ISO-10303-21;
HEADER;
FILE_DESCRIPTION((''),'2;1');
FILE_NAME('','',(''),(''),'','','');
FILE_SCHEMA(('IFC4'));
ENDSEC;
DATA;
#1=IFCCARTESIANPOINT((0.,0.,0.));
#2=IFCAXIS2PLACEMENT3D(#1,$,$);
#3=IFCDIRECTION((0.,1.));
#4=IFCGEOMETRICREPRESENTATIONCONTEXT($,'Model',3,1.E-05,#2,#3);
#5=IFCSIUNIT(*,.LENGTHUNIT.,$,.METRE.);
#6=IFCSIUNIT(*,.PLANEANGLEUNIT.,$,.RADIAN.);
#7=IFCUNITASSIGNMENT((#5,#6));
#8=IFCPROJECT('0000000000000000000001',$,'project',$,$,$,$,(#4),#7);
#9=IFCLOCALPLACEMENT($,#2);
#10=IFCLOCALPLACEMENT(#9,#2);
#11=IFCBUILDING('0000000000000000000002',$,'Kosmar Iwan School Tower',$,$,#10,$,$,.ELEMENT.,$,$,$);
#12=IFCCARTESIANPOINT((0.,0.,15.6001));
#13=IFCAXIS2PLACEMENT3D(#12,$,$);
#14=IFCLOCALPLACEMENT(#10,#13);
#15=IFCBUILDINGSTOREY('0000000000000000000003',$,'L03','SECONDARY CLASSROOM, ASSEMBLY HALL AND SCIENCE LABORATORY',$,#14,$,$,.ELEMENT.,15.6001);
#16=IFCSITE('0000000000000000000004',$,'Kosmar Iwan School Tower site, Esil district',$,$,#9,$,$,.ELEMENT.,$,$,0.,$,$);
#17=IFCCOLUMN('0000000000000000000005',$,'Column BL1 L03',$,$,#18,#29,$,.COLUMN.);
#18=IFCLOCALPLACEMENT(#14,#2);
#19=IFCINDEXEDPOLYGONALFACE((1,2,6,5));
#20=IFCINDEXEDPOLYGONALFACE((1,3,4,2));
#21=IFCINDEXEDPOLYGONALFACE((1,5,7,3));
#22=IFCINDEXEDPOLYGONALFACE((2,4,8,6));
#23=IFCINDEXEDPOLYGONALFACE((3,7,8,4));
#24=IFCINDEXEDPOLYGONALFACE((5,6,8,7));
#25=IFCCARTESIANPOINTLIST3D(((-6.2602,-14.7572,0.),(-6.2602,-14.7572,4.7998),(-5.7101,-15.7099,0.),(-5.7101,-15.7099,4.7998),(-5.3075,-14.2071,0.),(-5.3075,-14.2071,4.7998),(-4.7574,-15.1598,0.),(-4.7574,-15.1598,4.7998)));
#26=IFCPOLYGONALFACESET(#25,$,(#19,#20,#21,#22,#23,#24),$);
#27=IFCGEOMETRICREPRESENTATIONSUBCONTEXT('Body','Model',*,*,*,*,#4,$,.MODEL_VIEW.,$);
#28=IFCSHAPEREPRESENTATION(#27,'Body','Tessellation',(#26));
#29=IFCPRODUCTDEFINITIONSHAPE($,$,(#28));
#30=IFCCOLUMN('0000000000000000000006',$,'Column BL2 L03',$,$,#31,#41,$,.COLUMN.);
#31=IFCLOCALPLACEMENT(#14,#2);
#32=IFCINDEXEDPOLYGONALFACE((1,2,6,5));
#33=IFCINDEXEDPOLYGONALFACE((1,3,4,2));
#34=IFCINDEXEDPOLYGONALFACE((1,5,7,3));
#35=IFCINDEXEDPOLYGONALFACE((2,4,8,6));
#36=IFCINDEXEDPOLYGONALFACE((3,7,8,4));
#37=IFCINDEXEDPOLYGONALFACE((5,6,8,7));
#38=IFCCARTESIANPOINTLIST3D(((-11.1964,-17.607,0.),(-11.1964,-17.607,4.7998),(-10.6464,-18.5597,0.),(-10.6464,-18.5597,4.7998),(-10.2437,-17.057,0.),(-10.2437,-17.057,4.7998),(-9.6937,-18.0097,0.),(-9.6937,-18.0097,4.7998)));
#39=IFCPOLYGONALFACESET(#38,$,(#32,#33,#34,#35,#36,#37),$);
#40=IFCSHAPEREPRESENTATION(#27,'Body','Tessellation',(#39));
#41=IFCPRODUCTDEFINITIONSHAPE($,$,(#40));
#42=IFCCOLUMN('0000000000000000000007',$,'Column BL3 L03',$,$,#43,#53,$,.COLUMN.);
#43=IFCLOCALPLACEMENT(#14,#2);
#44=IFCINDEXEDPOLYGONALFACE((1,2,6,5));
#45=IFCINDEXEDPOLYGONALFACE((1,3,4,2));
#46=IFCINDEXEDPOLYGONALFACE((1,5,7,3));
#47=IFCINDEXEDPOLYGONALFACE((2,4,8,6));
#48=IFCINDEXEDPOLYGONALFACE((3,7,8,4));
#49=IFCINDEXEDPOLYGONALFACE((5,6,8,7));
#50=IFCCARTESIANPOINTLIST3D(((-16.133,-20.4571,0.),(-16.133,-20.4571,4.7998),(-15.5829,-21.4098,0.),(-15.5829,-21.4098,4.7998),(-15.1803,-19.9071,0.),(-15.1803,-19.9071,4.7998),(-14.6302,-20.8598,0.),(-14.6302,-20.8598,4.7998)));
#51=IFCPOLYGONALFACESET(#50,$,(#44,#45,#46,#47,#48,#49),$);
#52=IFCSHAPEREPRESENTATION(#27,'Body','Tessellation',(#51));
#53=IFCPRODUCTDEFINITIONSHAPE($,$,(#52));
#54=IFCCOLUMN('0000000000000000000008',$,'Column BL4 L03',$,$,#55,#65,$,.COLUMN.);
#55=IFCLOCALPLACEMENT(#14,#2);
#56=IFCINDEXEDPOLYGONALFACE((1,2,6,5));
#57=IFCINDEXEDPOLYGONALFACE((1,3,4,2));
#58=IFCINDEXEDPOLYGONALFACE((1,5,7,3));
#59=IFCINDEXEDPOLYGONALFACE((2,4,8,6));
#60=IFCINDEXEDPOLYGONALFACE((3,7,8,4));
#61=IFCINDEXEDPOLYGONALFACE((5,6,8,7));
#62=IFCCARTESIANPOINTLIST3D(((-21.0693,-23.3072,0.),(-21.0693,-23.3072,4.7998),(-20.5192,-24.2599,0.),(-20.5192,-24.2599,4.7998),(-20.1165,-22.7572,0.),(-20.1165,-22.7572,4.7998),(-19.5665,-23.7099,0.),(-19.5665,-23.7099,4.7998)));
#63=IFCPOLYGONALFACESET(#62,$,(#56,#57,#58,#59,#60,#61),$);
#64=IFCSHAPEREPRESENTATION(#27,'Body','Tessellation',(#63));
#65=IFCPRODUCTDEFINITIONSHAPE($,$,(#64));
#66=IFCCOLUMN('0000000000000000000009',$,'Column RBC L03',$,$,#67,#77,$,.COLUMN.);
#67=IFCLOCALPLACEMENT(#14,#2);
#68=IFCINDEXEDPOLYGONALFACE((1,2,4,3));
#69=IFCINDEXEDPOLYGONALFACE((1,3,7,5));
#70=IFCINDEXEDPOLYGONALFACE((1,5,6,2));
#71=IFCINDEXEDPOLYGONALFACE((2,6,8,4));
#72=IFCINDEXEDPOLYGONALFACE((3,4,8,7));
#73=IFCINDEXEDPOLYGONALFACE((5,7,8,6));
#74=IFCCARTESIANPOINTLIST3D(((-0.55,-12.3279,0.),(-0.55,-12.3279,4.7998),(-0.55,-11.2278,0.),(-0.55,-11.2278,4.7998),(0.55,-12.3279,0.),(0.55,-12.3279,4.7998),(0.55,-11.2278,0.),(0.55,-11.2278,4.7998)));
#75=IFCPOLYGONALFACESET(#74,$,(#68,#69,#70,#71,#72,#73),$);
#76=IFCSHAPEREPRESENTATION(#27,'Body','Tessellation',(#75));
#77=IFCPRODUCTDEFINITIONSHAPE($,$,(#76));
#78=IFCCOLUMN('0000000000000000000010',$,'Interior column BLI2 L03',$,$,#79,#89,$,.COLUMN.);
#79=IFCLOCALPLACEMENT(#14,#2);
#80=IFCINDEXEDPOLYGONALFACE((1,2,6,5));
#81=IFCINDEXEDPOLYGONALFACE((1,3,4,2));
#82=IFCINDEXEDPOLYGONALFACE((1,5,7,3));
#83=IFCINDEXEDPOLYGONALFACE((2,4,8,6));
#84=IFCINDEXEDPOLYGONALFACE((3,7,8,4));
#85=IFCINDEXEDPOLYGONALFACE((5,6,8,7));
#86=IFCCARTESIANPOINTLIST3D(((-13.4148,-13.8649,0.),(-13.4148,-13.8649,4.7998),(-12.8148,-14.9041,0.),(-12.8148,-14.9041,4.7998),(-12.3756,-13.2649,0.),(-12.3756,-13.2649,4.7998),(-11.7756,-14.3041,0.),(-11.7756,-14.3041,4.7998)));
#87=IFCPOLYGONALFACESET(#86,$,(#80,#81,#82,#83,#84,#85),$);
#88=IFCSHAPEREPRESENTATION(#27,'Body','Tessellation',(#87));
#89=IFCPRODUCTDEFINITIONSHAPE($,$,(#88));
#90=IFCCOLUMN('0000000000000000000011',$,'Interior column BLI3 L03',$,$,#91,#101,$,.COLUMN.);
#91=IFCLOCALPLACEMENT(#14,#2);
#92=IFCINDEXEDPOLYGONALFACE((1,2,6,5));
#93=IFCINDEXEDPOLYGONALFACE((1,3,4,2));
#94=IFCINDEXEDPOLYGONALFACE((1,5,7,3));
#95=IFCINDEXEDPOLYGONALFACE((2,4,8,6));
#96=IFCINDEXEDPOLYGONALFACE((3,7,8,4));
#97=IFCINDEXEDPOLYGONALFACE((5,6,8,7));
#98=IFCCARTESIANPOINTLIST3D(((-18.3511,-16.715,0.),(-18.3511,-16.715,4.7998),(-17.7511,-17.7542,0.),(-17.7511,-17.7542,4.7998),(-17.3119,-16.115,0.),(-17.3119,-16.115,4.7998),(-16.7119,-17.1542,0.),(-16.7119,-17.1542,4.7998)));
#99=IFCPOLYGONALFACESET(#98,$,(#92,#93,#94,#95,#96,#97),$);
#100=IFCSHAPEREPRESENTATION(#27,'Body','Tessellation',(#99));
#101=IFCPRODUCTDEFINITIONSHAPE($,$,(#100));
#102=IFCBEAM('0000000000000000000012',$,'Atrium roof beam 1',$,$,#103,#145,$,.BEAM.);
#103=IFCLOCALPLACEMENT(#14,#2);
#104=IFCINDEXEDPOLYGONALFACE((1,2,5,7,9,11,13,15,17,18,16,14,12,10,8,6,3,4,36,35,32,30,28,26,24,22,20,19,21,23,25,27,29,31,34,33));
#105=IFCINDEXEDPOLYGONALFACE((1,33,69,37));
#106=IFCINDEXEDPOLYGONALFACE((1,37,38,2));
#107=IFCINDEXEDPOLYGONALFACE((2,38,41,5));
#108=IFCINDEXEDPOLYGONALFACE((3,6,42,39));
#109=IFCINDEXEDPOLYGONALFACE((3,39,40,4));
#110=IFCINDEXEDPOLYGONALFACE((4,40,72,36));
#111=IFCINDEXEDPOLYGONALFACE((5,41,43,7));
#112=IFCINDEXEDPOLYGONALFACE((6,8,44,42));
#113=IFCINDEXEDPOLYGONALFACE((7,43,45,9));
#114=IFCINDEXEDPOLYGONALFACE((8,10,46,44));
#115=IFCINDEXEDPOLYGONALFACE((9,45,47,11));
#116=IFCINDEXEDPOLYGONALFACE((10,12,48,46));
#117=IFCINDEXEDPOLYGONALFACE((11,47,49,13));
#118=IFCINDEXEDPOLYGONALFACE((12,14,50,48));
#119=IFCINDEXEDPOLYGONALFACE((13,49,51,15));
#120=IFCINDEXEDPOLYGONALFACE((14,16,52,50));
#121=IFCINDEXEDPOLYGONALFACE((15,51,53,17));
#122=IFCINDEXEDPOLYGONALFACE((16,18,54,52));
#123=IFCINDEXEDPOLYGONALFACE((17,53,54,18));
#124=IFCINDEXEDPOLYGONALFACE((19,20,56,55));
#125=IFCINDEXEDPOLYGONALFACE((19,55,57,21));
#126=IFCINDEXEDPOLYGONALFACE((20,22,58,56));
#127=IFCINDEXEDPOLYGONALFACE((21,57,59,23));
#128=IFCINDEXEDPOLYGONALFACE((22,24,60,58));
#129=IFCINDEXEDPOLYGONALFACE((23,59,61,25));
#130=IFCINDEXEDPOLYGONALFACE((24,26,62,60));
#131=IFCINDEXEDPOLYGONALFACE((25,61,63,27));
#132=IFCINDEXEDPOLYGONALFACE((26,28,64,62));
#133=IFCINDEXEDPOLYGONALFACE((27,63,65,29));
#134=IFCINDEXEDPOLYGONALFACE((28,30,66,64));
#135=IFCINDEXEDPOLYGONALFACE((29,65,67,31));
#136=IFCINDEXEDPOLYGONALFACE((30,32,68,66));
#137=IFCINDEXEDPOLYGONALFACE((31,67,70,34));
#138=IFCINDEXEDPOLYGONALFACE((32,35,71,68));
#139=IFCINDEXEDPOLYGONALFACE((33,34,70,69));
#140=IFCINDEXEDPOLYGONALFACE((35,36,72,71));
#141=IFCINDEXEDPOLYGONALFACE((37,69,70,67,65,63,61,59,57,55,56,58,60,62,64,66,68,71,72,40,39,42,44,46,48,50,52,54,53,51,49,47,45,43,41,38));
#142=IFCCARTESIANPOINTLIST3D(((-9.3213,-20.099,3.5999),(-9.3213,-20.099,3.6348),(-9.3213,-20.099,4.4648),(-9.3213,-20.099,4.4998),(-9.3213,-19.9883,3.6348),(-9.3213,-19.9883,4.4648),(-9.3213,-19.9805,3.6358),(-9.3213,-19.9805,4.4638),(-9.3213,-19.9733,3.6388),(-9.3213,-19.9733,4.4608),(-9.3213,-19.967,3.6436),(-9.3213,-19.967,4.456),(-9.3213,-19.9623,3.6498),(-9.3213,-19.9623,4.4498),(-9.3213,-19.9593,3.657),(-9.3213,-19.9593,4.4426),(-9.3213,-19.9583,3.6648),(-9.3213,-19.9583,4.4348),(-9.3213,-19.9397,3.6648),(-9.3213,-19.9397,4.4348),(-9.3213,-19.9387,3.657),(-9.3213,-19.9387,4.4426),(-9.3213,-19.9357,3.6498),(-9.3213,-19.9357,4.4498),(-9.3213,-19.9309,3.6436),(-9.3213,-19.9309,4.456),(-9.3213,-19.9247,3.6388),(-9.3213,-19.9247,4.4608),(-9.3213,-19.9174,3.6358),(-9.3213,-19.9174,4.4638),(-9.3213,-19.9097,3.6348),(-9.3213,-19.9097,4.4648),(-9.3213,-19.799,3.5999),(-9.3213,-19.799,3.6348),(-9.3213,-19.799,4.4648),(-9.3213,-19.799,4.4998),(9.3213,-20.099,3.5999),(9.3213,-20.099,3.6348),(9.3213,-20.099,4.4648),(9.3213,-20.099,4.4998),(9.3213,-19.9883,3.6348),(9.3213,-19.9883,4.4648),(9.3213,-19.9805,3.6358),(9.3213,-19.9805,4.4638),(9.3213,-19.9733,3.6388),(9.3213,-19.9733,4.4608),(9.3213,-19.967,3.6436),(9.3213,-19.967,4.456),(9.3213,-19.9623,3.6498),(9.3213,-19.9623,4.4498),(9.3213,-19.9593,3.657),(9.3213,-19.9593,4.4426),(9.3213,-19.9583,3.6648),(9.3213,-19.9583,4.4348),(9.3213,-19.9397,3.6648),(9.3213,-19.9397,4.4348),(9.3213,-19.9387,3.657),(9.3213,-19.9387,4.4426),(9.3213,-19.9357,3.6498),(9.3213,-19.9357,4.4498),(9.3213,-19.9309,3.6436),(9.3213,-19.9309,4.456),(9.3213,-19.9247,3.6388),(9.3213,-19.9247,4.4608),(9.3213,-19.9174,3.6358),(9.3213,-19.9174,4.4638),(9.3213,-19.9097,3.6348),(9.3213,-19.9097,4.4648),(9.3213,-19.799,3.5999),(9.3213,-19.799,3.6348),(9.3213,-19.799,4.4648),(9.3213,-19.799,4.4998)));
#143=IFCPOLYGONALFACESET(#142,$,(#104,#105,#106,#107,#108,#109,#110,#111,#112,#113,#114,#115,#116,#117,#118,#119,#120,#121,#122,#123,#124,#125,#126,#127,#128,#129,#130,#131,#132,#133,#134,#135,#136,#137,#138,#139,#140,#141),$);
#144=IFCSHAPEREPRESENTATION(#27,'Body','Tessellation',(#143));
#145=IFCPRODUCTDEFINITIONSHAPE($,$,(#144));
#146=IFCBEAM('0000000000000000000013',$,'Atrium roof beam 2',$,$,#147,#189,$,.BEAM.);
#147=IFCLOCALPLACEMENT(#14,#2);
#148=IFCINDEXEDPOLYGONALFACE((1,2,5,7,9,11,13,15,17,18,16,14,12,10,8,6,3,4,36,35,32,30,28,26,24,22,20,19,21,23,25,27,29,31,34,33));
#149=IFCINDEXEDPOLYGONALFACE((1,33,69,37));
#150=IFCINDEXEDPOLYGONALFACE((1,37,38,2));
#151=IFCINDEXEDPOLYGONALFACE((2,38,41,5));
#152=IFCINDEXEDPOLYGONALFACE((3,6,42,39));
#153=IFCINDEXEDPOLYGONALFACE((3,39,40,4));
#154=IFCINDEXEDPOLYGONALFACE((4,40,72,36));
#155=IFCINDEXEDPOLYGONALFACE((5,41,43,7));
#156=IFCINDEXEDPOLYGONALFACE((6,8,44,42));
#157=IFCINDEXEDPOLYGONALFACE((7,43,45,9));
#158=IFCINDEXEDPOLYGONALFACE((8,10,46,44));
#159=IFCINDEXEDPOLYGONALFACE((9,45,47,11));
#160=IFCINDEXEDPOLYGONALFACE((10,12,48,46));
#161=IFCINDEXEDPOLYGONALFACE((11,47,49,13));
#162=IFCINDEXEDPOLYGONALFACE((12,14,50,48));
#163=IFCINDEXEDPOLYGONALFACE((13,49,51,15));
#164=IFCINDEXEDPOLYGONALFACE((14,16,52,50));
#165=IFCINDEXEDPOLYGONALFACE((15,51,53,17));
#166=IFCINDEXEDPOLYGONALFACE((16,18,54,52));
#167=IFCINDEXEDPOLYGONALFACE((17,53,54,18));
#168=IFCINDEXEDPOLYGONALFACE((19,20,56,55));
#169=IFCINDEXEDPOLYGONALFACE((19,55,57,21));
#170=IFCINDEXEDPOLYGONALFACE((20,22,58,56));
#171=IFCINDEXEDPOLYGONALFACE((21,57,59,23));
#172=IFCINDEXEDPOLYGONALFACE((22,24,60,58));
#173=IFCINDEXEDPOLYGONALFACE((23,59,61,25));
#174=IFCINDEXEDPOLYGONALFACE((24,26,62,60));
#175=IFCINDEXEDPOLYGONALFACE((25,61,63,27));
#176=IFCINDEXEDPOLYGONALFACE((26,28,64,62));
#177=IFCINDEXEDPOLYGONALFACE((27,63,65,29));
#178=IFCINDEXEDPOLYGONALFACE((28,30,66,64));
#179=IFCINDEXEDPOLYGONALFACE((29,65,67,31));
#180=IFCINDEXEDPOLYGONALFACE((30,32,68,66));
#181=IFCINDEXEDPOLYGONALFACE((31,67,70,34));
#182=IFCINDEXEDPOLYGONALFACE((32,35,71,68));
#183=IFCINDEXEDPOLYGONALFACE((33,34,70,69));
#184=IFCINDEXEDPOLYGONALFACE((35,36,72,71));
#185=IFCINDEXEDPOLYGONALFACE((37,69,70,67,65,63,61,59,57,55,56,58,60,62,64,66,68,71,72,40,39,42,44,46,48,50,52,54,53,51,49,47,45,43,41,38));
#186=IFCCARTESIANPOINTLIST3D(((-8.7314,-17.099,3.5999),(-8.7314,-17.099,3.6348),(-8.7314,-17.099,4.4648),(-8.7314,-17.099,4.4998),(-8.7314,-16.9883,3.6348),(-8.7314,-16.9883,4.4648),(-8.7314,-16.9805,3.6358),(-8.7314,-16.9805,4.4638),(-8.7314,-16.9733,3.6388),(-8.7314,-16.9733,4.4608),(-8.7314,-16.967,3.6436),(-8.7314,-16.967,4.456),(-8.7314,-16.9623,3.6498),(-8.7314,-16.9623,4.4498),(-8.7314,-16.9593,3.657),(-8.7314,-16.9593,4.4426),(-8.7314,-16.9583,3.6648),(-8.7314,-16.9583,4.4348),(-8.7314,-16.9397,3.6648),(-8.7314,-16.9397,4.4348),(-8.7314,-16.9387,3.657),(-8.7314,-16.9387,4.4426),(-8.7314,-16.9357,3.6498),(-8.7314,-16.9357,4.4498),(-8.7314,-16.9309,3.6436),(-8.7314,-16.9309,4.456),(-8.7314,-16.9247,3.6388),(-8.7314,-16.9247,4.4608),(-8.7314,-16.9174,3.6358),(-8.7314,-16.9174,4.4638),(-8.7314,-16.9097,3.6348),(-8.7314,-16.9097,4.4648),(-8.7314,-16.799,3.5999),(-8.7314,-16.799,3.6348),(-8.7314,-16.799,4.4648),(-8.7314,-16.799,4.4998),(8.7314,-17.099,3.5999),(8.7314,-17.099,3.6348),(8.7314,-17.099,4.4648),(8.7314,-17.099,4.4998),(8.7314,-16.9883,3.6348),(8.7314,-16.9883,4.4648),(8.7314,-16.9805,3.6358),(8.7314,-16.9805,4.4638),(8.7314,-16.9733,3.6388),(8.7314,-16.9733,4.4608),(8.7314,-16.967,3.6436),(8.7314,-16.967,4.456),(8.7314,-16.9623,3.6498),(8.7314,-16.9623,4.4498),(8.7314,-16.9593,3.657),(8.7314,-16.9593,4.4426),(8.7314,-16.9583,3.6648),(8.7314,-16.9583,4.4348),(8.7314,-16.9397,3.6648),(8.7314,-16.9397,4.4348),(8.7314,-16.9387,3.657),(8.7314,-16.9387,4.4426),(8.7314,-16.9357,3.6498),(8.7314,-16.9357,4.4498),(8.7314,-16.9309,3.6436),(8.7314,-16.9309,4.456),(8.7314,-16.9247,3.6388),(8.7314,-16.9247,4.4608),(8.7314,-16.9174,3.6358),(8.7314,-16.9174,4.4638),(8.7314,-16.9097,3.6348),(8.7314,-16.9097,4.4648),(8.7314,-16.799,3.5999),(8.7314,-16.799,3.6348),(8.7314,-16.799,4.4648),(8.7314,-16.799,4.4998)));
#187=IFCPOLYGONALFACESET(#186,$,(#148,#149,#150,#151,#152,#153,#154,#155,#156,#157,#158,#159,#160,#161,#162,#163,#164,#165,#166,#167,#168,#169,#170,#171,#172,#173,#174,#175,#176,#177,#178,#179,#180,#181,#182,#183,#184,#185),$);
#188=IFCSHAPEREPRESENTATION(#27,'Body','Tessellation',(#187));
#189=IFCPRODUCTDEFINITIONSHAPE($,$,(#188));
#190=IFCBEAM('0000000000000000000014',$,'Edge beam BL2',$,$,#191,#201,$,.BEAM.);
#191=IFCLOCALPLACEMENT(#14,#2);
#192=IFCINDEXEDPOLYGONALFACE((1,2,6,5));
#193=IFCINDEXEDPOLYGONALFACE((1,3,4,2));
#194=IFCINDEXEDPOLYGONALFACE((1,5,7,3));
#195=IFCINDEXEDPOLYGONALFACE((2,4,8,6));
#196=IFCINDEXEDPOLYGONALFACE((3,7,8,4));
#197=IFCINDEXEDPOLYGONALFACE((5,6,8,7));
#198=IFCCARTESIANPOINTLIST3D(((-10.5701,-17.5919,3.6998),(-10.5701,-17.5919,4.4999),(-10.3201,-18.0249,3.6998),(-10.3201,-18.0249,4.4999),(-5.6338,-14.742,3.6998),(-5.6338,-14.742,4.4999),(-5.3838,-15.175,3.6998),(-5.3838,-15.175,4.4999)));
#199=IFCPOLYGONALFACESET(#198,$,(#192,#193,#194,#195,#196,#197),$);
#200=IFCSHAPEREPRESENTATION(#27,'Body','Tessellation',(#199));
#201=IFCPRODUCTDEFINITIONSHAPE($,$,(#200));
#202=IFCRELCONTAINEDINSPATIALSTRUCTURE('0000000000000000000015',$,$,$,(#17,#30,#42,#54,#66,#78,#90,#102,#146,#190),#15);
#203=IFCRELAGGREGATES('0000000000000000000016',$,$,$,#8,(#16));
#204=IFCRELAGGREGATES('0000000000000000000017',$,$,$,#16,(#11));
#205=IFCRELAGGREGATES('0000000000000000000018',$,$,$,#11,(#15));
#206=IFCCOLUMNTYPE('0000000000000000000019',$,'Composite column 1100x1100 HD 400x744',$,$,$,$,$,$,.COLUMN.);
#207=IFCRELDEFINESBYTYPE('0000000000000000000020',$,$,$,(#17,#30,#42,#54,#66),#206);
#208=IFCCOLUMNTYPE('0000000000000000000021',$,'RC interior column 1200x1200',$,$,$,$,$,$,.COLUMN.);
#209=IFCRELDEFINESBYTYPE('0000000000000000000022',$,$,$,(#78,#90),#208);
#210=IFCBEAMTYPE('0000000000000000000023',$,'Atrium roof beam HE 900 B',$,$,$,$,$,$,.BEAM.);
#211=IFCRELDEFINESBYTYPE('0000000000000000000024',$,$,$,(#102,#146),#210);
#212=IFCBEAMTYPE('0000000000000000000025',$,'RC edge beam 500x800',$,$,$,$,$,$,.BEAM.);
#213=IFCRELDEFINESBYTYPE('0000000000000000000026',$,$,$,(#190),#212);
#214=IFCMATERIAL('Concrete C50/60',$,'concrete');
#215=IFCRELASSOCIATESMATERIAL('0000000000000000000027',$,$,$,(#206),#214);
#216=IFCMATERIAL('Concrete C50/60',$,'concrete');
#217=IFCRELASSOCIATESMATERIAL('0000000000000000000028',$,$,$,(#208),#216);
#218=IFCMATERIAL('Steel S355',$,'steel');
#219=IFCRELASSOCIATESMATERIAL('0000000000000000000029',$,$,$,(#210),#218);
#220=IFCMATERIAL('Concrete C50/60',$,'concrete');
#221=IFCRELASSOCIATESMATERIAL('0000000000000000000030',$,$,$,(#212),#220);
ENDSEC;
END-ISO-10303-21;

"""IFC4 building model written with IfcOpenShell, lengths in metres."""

from ifc_helpers import new_model, si_unit, direction, frame, origin, origin_2d, place, context, subcontext, project, spatial, rectangle, i_section, extrude, material, material_profile, profile_set, type_object, element, save


model = new_model("IFC4")

# Units and contexts
model_context = context("Model", 3, precision=1e-05, world=origin(), true_north=direction((0.0, 1.0)))
body_context = subcontext(model_context, "Body", "Model", "MODEL_VIEW")
ifc_project = project(units=[si_unit("LENGTHUNIT", "METRE"), si_unit("PLANEANGLEUNIT", "RADIAN")], contexts=[model_context])

# Site, building, storey
site_placement = place(None, origin())
site = spatial("IfcSite", under=ifc_project, at=site_placement, Name="Kosmar Iwan School Tower site, Esil district", CompositionType="ELEMENT", RefElevation=0.0)
building_placement = place(site_placement, origin())
building = spatial("IfcBuilding", under=site, at=building_placement, Name="Kosmar Iwan School Tower", CompositionType="ELEMENT")
storey_placement = place(building_placement, frame((0.0, 0.0, 15.6001)))
storey = spatial("IfcBuildingStorey", under=building, at=storey_placement, Name="L03", Description="SECONDARY CLASSROOM, ASSEMBLY HALL AND SCIENCE LABORATORY", CompositionType="ELEMENT", Elevation=15.6001)

# Columns
ifc_material_1 = material(Name="Concrete C50/60", Category="concrete")
ifc_material_profile_1 = material_profile(ifc_material_1, rectangle(XDim=1.1001, YDim=1.1001, at=origin_2d()), Name="RC 1100x1100 + HD 400x744")
ifc_profile_set_1 = profile_set([ifc_material_profile_1], Name="Concrete C50/60")
column_type_1 = type_object("IfcColumnType", Name="Composite column 1100x1100 HD 400x744", PredefinedType="COLUMN", material=ifc_profile_set_1)
for number, where, z_axis, x_axis, name in (
    (1, (-5.5088, -14.9585, 0.0), (0.0, 0.0, 1.0), (-0.866025, -0.5, 0.0), "Column BL1 L03"),
    (2, (-10.4451, -17.8083, 0.0), (0.0, 0.0, 1.0), (-0.866025, -0.5, 0.0), "Column BL2 L03"),
    (3, (-15.3816, -20.6584, 0.0), (0.0, 0.0, 1.0), (-0.866025, -0.5, 0.0), "Column BL3 L03"),
    (4, (-20.3179, -23.5085, 0.0), (0.0, 0.0, 1.0), (-0.866025, -0.5, 0.0), "Column BL4 L03"),
    (5, (0.0, -11.7778, 0.0), (0.0, 0.0, 1.0), (1.0, 0.0, 0.0), "Column RBC L03"),
):
    element("IfcColumn", number, at=place(storey_placement, frame(where, z_axis=z_axis, x_axis=x_axis)), inside=storey, type_object=column_type_1, Name=name, PredefinedType="COLUMN", context=body_context, shape_type="SweptSolid", body=[
        extrude(rectangle(XDim=1.1001, YDim=1.1001, at=origin_2d()), origin(), (0.0, 0.0, 1.0), 4.7998),
    ])
ifc_material_2 = material(Name="Concrete C50/60", Category="concrete")
ifc_material_profile_2 = material_profile(ifc_material_2, rectangle(XDim=1.2, YDim=1.2, at=origin_2d()), Name="RC 1200x1200")
ifc_profile_set_2 = profile_set([ifc_material_profile_2], Name="Concrete C50/60")
column_type_2 = type_object("IfcColumnType", Name="RC interior column 1200x1200", PredefinedType="COLUMN", material=ifc_profile_set_2)
for number, where, z_axis, x_axis, name in (
    (6, (-12.5952, -14.0845, 0.0), (0.0, 0.0, 1.0), (-0.866025, -0.5, 0.0), "Interior column BLI2 L03"),
    (7, (-17.5315, -16.9346, 0.0), (0.0, 0.0, 1.0), (-0.866025, -0.5, 0.0), "Interior column BLI3 L03"),
):
    element("IfcColumn", number, at=place(storey_placement, frame(where, z_axis=z_axis, x_axis=x_axis)), inside=storey, type_object=column_type_2, Name=name, PredefinedType="COLUMN", context=body_context, shape_type="SweptSolid", body=[
        extrude(rectangle(XDim=1.2, YDim=1.2, at=origin_2d()), origin(), (0.0, 0.0, 1.0), 4.7998),
    ])

# Beams
ifc_material_3 = material(Name="Steel S355", Category="steel")
ifc_material_profile_3 = material_profile(ifc_material_3, i_section(OverallWidth=0.3, OverallDepth=0.8999, WebThickness=0.0186, FlangeThickness=0.0349, FilletRadius=0.03, at=origin_2d()), Name="HE 900 B")
ifc_profile_set_3 = profile_set([ifc_material_profile_3], Name="Steel S355")
beam_type_1 = type_object("IfcBeamType", Name="Atrium roof beam HE 900 B", PredefinedType="BEAM", material=ifc_profile_set_3)
beam_1_placement = place(storey_placement, frame((-9.3213, -19.949, 4.0498), z_axis=(1.0, 0.0, 0.0), x_axis=(0.0, 1.0, 0.0)))
element("IfcBeam", 8, at=beam_1_placement, inside=storey, type_object=beam_type_1, Name="Atrium roof beam 1", PredefinedType="BEAM", context=body_context, shape_type="SweptSolid", body=[
    extrude(i_section(OverallWidth=0.3, OverallDepth=0.8999, WebThickness=0.0186, FlangeThickness=0.0349, FilletRadius=0.03, at=origin_2d()), origin(), (0.0, 0.0, 1.0), 18.6426),
])
beam_2_placement = place(storey_placement, frame((-8.7314, -16.949, 4.0498), z_axis=(1.0, 0.0, 0.0), x_axis=(0.0, 1.0, 0.0)))
element("IfcBeam", 9, at=beam_2_placement, inside=storey, type_object=beam_type_1, Name="Atrium roof beam 2", PredefinedType="BEAM", context=body_context, shape_type="SweptSolid", body=[
    extrude(i_section(OverallWidth=0.3, OverallDepth=0.8999, WebThickness=0.0186, FlangeThickness=0.0349, FilletRadius=0.03, at=origin_2d()), origin(), (0.0, 0.0, 1.0), 17.4629),
])
ifc_material_4 = material(Name="Concrete C50/60", Category="concrete")
ifc_material_profile_4 = material_profile(ifc_material_4, rectangle(XDim=0.5, YDim=0.8, at=origin_2d()), Name="RC 500x800")
ifc_profile_set_4 = profile_set([ifc_material_profile_4], Name="Concrete C50/60")
beam_type_2 = type_object("IfcBeamType", Name="RC edge beam 500x800", PredefinedType="BEAM", material=ifc_profile_set_4)
beam_3_placement = place(storey_placement, frame((-5.5088, -14.9585, 4.0999), z_axis=(-0.866034, -0.499986, 0.0), x_axis=(0.499986, -0.866034, 0.0)))
element("IfcBeam", 10, at=beam_3_placement, inside=storey, type_object=beam_type_2, Name="Edge beam BL2", PredefinedType="BEAM", context=body_context, shape_type="SweptSolid", body=[
    extrude(rectangle(XDim=0.5, YDim=0.8, at=origin_2d()), origin(), (0.0, 0.0, 1.0), 5.7),
])

save(model, "model.ifc")
